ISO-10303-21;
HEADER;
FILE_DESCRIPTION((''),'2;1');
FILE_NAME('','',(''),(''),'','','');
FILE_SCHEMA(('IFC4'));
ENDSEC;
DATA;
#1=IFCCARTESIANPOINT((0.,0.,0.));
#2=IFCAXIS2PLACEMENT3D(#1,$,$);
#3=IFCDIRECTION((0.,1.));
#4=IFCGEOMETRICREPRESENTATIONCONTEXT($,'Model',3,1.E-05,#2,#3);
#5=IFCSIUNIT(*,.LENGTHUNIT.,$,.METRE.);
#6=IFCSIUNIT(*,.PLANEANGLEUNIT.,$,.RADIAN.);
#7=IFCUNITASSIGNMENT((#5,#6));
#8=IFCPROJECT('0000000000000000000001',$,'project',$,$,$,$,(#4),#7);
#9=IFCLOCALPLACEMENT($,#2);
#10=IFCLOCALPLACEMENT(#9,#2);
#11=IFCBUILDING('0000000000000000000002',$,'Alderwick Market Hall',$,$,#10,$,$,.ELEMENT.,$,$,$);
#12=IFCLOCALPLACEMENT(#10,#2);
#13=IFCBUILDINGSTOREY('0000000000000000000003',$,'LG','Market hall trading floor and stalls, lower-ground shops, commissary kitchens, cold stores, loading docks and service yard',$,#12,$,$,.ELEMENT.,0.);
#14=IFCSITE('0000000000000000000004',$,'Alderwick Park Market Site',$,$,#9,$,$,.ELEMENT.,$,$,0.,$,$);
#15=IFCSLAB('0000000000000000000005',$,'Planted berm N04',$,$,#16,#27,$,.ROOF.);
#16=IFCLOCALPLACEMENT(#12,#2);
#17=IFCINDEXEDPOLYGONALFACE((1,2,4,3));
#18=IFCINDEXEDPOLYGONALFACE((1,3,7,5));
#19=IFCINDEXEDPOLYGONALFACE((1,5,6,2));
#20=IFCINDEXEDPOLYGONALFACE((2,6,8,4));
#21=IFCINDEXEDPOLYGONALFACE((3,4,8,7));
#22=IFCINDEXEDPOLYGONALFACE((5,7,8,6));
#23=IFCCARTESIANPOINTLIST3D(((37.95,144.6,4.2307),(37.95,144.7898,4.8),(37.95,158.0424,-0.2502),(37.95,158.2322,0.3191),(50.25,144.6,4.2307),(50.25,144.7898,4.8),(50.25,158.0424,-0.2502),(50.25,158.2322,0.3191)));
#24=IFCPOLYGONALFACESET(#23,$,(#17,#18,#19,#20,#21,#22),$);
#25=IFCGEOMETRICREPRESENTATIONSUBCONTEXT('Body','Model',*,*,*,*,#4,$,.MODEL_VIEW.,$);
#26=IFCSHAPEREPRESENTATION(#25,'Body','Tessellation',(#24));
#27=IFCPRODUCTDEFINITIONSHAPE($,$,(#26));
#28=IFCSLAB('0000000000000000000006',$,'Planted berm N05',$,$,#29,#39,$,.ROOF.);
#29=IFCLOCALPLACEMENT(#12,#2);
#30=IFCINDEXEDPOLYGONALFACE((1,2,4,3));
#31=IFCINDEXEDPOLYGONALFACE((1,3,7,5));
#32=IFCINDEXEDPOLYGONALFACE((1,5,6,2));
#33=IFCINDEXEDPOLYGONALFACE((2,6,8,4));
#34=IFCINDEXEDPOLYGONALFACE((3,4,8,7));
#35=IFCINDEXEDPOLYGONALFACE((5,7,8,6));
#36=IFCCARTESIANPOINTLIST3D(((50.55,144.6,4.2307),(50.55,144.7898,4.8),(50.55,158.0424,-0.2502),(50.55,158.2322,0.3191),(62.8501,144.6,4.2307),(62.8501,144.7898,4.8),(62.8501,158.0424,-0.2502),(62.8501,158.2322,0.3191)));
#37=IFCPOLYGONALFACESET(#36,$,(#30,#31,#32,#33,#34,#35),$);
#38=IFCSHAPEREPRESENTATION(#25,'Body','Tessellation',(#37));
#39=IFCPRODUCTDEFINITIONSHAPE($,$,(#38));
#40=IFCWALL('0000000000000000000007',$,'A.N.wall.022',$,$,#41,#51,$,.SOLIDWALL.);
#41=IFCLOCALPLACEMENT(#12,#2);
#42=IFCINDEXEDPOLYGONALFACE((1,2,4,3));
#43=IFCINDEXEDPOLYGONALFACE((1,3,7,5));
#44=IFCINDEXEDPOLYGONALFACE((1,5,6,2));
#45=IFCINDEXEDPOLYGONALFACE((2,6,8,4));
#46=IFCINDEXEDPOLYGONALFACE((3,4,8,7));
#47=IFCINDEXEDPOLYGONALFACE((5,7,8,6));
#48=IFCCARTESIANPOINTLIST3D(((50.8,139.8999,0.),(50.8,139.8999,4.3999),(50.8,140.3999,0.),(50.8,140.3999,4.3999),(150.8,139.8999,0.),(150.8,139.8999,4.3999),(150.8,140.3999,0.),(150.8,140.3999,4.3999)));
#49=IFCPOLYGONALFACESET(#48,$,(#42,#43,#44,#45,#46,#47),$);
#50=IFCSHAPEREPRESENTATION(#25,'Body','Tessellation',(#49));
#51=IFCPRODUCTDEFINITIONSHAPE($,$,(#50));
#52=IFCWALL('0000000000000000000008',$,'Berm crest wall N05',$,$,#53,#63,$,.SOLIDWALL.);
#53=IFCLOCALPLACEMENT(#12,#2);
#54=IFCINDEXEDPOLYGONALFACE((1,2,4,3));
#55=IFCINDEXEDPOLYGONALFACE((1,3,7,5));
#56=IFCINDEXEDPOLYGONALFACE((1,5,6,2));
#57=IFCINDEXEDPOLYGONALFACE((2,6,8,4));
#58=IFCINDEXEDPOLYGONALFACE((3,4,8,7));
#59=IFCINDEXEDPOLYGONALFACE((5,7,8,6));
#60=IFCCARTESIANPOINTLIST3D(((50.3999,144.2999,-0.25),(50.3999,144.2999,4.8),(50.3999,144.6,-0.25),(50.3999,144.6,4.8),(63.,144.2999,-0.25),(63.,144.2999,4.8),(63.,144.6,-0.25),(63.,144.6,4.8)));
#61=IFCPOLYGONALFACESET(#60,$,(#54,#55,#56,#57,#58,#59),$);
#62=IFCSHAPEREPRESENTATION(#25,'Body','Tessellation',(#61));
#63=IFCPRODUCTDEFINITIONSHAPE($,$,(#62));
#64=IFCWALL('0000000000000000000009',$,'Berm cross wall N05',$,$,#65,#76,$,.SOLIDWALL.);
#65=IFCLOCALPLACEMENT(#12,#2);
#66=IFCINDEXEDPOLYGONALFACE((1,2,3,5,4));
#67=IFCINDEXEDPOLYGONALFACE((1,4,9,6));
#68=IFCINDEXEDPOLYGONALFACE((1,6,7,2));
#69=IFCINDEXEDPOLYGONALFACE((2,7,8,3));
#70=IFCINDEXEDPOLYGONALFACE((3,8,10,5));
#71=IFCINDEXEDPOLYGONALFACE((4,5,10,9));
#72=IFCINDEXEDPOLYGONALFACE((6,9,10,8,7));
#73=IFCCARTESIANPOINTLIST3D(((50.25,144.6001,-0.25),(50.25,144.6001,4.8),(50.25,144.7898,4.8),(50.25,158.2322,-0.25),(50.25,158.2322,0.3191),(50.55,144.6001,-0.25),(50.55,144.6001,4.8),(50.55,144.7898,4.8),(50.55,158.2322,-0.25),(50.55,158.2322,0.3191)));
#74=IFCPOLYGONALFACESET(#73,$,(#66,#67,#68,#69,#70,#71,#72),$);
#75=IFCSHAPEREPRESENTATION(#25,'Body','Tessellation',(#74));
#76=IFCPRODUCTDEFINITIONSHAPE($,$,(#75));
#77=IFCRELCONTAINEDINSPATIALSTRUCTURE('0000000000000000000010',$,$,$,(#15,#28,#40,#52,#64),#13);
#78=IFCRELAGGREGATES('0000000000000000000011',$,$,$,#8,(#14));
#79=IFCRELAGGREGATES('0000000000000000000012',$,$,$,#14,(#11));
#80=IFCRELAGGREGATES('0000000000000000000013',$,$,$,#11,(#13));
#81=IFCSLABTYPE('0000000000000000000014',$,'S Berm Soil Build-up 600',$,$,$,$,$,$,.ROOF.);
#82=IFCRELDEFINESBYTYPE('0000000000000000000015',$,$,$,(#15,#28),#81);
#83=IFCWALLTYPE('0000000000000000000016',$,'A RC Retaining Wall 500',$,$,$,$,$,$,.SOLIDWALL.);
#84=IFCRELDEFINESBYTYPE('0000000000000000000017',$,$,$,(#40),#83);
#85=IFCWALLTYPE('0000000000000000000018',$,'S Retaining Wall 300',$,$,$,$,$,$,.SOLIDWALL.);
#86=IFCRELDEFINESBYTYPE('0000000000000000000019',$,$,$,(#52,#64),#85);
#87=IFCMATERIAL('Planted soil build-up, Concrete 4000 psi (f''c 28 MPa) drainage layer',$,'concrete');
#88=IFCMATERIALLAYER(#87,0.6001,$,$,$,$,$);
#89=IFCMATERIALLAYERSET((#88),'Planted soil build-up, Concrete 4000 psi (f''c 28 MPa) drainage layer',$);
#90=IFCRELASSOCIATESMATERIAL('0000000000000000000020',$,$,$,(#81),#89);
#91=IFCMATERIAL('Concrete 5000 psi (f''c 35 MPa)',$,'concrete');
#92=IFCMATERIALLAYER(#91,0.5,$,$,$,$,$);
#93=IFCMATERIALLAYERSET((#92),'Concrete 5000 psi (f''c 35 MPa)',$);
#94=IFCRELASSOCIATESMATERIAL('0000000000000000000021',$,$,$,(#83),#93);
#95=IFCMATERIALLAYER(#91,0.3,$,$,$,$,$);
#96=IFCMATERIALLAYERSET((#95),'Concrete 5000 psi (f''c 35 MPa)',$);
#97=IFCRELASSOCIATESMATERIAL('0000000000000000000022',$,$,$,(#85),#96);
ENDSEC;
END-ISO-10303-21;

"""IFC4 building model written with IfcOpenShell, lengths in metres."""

from ifc_helpers import new_model, si_unit, direction, frame, frame_2d, origin, place, context, subcontext, project, spatial, polyline, rectangle, outline, extrude, material, layer, layer_set, type_object, element, save


model = new_model("IFC4")

# Units and contexts
model_context = context("Model", 3, precision=1e-05, world=origin(), true_north=direction((0.0, 1.0)))
body_context = subcontext(model_context, "Body", "Model", "MODEL_VIEW")
ifc_project = project(units=[si_unit("LENGTHUNIT", "METRE"), si_unit("PLANEANGLEUNIT", "RADIAN")], contexts=[model_context])

# Site, building, storey
site_placement = place(None, origin())
site = spatial("IfcSite", under=ifc_project, at=site_placement, Name="Alderwick Park Market Site", CompositionType="ELEMENT", RefElevation=0.0)
building_placement = place(site_placement, origin())
building = spatial("IfcBuilding", under=site, at=building_placement, Name="Alderwick Market Hall", CompositionType="ELEMENT")
storey_placement = place(building_placement, origin())
storey = spatial("IfcBuildingStorey", under=building, at=storey_placement, Name="LG", Description="Market hall trading floor and stalls, lower-ground shops, commissary kitchens, cold stores, loading docks and service yard", CompositionType="ELEMENT", Elevation=0.0)

# Slabs
ifc_material_1 = material(Name="Planted soil build-up, Concrete 4000 psi (f'c 28 MPa) drainage layer", Category="concrete")
ifc_layer_1 = layer(ifc_material_1, 0.6001)
ifc_layer_set_1 = layer_set([ifc_layer_1], Name="Planted soil build-up, Concrete 4000 psi (f'c 28 MPa) drainage layer")
slab_type = type_object("IfcSlabType", Name="S Berm Soil Build-up 600", PredefinedType="ROOF", material=ifc_layer_set_1)
for number, where, z_axis, x_axis, name in (
    (1, (37.95, 158.2322, 0.3191), (0.0, 0.316238, 0.94868), (1.0, 0.0, 0.0), "Planted berm N04"),
    (2, (50.55, 158.2322, 0.3191), (0.0, 0.316238, 0.94868), (1.0, 0.0, 0.0), "Planted berm N05"),
):
    element("IfcSlab", number, at=place(storey_placement, frame(where, z_axis=z_axis, x_axis=x_axis)), inside=storey, type_object=slab_type, Name=name, PredefinedType="ROOF", context=body_context, shape_type="SweptSolid", body=[
        extrude(outline(polyline([(0.0, 0.0), (12.3, 0.0), (12.3, -14.1696), (0.0, -14.1696), (0.0, 0.0)])), origin(), (0.0, 0.0, -1.0), 0.6001),
    ])

# Walls
ifc_material_2 = material(Name="Concrete 5000 psi (f'c 35 MPa)", Category="concrete")
ifc_layer_2 = layer(ifc_material_2, 0.5)
ifc_layer_set_2 = layer_set([ifc_layer_2], Name="Concrete 5000 psi (f'c 35 MPa)")
wall_type_1 = type_object("IfcWallType", Name="A RC Retaining Wall 500", PredefinedType="SOLIDWALL", material=ifc_layer_set_2)
wall_1_placement = place(storey_placement, frame((50.8, 140.1499, 0.0), z_axis=(0.0, 0.0, 1.0), x_axis=(1.0, 0.0, 0.0)))
element("IfcWall", 3, at=wall_1_placement, inside=storey, type_object=wall_type_1, Name="A.N.wall.022", PredefinedType="SOLIDWALL", context=body_context, shape_type="SweptSolid", body=[
    extrude(rectangle(XDim=100.0, YDim=0.5, at=frame_2d((50.0, 0.0))), origin(), (0.0, 0.0, 1.0), 4.3999),
])
ifc_layer_3 = layer(ifc_material_2, 0.3)
ifc_layer_set_3 = layer_set([ifc_layer_3], Name="Concrete 5000 psi (f'c 35 MPa)")
wall_type_2 = type_object("IfcWallType", Name="S Retaining Wall 300", PredefinedType="SOLIDWALL", material=ifc_layer_set_3)
wall_2_placement = place(storey_placement, frame((50.3999, 144.45, -0.25), z_axis=(0.0, 0.0, 1.0), x_axis=(1.0, 0.0, 0.0)))
element("IfcWall", 4, at=wall_2_placement, inside=storey, type_object=wall_type_2, Name="Berm crest wall N05", PredefinedType="SOLIDWALL", context=body_context, shape_type="SweptSolid", body=[
    extrude(rectangle(XDim=12.6001, YDim=0.3, at=frame_2d((6.3, 0.0))), origin(), (0.0, 0.0, 1.0), 5.05),
])
wall_3_placement = place(storey_placement, frame((50.3999, 144.6001, -0.25), z_axis=(0.0, 0.0, 1.0), x_axis=(0.0, 1.0, 0.0)))
element("IfcWall", 5, at=wall_3_placement, inside=storey, type_object=wall_type_2, Name="Berm cross wall N05", PredefinedType="SOLIDWALL", context=body_context, shape_type="SweptSolid", body=[
    extrude(outline(polyline([(0.0, 0.0), (13.6321, 0.0), (13.6321, 0.5691), (0.1897, 5.05), (0.0, 5.05), (0.0, 0.0)])), frame((0.0, 0.1499, 0.0), z_axis=(0.0, -1.0, 0.0), x_axis=(1.0, 0.0, 0.0)), (0.0, 0.0, 1.0), 0.3),
])

save(model, "model.ifc")
